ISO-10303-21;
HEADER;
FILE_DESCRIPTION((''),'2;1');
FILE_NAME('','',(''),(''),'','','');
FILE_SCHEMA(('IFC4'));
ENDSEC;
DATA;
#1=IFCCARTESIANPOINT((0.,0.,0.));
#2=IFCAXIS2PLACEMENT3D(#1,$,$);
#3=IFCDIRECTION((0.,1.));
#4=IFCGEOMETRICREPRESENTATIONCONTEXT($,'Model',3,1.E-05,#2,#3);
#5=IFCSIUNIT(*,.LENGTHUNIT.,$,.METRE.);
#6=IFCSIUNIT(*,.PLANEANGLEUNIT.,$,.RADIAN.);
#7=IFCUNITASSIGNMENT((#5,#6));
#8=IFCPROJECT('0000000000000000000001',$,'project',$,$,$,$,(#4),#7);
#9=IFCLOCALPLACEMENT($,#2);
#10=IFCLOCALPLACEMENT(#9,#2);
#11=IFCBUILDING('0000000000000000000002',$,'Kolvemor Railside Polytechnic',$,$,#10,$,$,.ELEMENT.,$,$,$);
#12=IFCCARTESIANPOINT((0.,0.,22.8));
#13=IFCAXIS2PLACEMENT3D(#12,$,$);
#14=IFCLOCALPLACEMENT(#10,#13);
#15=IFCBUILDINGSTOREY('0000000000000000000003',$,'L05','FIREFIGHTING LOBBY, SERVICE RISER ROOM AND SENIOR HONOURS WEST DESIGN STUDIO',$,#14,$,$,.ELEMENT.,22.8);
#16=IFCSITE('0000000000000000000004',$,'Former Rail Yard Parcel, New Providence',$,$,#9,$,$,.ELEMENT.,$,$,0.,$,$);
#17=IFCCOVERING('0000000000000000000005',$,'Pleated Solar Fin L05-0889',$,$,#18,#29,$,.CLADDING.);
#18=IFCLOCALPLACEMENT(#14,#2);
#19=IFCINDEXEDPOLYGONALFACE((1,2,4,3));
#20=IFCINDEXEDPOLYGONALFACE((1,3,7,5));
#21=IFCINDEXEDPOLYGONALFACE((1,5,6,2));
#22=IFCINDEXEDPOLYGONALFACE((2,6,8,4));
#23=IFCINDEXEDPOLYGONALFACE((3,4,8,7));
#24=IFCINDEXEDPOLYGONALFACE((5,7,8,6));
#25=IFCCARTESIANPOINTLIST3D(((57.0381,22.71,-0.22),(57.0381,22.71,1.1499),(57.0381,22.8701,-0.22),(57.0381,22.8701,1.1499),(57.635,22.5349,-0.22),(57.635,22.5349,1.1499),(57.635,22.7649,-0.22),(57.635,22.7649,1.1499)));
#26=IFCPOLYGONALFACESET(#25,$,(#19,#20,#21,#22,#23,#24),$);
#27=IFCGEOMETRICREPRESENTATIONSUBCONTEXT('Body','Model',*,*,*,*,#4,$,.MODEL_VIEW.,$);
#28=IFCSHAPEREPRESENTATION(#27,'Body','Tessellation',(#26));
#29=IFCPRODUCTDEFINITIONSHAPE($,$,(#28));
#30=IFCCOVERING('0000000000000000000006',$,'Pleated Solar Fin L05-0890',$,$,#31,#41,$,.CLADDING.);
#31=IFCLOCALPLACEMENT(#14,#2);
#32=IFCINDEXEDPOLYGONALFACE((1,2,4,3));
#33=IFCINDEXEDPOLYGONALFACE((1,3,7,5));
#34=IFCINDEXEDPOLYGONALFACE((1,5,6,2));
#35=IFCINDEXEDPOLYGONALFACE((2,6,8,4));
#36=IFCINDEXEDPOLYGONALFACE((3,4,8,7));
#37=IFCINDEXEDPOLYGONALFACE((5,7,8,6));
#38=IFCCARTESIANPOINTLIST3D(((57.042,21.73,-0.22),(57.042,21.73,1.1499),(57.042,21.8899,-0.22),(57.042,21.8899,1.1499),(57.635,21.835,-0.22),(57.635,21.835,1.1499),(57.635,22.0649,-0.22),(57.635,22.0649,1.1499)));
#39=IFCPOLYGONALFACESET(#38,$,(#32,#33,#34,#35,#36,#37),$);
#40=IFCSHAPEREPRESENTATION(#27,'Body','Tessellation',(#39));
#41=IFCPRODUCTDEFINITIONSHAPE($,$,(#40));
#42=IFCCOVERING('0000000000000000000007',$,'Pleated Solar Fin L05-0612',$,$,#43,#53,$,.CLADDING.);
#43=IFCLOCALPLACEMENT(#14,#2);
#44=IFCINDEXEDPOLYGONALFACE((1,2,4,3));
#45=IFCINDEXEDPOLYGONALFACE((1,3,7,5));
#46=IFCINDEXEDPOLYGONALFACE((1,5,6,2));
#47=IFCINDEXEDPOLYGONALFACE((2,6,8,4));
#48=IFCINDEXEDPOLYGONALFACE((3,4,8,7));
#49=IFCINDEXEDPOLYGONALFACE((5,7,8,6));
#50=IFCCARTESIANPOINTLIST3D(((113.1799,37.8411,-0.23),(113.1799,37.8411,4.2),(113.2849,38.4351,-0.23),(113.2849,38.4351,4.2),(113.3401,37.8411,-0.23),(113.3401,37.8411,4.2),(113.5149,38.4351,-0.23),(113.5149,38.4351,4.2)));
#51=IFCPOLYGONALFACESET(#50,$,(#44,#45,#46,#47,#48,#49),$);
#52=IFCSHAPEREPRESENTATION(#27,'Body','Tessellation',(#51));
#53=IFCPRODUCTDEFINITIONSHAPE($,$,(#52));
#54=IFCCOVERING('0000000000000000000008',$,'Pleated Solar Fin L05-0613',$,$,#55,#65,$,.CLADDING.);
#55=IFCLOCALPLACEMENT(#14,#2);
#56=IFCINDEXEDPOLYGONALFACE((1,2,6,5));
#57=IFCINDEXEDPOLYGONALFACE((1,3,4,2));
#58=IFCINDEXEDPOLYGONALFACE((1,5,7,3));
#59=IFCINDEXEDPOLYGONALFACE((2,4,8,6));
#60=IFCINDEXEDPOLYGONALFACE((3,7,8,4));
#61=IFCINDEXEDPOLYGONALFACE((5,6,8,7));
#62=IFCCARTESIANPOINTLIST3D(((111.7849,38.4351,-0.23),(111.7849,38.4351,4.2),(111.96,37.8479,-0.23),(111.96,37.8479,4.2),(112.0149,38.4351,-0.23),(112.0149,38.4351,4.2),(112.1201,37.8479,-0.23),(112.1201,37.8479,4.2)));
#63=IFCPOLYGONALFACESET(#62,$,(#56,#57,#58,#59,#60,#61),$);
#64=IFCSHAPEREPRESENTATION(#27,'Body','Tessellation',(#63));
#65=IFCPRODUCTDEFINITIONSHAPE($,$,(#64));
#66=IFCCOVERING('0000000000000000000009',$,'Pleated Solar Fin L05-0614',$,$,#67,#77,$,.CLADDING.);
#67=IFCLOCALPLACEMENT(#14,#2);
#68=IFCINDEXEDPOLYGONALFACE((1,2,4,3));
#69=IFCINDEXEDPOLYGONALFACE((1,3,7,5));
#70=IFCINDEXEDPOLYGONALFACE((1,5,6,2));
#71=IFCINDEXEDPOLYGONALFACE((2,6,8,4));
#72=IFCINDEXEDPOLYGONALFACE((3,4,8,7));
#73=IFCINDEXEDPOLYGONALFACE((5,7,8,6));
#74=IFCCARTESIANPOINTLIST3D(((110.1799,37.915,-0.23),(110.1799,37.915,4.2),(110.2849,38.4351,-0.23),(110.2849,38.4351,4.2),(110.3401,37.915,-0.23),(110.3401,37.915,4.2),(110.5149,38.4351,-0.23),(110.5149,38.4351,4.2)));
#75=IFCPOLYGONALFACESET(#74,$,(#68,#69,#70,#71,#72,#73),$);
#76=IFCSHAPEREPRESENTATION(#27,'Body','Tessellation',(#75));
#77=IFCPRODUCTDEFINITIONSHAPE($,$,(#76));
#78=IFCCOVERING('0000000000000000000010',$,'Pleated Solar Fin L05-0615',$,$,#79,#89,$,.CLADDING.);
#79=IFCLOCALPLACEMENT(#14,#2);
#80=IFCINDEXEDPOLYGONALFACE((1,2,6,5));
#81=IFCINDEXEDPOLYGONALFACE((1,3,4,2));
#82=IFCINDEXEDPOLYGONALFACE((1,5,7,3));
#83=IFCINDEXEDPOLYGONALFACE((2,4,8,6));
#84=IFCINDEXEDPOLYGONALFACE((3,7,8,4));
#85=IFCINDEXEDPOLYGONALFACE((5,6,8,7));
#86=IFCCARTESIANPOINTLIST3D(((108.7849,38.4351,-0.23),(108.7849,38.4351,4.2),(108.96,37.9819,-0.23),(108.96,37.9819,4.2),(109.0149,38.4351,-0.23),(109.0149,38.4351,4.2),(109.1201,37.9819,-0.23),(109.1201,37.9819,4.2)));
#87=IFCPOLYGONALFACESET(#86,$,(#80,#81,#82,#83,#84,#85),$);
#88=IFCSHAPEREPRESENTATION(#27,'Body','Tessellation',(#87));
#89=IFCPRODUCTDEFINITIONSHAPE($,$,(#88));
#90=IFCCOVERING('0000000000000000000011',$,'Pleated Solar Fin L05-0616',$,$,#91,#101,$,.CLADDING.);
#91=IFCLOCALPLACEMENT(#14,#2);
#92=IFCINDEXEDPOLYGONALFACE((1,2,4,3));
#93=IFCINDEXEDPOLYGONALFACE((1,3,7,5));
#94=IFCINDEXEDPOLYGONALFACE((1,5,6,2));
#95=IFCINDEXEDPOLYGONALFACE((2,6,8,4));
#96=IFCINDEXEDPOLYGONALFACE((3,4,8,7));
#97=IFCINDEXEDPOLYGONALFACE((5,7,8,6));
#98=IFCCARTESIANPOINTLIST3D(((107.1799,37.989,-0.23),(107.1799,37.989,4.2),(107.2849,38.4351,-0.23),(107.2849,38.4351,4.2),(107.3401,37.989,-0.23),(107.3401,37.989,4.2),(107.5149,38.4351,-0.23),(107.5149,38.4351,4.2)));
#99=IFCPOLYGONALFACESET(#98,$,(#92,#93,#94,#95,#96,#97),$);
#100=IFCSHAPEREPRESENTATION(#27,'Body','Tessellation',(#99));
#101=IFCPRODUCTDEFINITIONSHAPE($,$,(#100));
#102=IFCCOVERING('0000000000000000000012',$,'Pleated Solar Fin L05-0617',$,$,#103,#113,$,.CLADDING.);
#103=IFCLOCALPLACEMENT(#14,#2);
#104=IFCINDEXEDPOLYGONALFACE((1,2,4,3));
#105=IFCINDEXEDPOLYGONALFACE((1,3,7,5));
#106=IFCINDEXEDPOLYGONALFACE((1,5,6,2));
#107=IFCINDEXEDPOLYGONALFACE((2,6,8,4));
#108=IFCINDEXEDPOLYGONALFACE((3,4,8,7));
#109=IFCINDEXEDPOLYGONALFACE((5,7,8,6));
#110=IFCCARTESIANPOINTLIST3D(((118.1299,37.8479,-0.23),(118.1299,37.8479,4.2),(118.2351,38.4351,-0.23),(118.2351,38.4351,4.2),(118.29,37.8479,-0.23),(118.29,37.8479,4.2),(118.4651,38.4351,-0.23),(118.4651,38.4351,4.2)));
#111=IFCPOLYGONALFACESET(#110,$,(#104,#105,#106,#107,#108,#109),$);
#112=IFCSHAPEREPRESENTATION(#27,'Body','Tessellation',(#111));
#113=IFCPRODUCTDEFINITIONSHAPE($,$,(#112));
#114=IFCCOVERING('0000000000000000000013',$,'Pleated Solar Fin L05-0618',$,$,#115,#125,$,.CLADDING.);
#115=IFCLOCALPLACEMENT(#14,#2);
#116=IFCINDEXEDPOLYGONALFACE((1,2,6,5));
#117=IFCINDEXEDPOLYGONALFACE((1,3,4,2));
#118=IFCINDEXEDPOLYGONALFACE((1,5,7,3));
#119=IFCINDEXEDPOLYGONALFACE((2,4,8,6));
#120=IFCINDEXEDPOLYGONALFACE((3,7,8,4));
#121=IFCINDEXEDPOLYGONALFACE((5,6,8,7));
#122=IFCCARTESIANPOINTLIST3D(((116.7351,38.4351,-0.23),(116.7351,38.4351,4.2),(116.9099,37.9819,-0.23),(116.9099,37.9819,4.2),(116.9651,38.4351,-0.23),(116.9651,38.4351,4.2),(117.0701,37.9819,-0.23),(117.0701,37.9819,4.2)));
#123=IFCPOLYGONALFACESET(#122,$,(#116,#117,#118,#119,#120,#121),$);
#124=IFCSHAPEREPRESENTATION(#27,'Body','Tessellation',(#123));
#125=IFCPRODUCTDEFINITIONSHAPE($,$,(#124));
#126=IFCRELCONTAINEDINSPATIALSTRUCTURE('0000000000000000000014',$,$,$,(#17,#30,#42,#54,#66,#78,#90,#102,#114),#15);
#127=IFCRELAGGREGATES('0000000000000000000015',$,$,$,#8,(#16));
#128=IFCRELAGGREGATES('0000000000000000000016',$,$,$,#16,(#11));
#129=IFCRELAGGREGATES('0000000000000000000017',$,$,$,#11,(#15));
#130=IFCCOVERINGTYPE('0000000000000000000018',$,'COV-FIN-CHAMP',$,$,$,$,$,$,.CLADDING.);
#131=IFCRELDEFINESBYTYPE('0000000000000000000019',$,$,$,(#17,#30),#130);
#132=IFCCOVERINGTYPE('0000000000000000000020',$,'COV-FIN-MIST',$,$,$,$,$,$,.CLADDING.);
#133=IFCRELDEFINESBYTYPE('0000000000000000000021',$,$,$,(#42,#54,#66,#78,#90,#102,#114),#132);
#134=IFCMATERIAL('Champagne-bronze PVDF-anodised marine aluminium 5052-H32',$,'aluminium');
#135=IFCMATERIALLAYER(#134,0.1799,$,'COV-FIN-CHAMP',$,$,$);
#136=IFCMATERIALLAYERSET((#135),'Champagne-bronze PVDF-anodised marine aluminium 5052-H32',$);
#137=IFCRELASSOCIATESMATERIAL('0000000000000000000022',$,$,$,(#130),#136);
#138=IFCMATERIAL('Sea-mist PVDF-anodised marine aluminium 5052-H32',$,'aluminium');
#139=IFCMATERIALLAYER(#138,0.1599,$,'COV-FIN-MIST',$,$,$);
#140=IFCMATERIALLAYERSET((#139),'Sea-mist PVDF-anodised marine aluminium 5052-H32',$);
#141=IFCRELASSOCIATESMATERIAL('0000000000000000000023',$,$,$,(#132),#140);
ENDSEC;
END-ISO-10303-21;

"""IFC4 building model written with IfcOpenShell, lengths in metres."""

from ifc_helpers import new_model, si_unit, direction, frame, origin, place, context, subcontext, project, spatial, polyline, outline, extrude, material, layer, layer_set, type_object, element, save


model = new_model("IFC4")

# Units and contexts
model_context = context("Model", 3, precision=1e-05, world=origin(), true_north=direction((0.0, 1.0)))
body_context = subcontext(model_context, "Body", "Model", "MODEL_VIEW")
ifc_project = project(units=[si_unit("LENGTHUNIT", "METRE"), si_unit("PLANEANGLEUNIT", "RADIAN")], contexts=[model_context])

# Site, building, storey
site_placement = place(None, origin())
site = spatial("IfcSite", under=ifc_project, at=site_placement, Name="Former Rail Yard Parcel, New Providence", CompositionType="ELEMENT", RefElevation=0.0)
building_placement = place(site_placement, origin())
building = spatial("IfcBuilding", under=site, at=building_placement, Name="Kolvemor Railside Polytechnic", CompositionType="ELEMENT")
storey_placement = place(building_placement, frame((0.0, 0.0, 22.8)))
storey = spatial("IfcBuildingStorey", under=building, at=storey_placement, Name="L05", Description="FIREFIGHTING LOBBY, SERVICE RISER ROOM AND SENIOR HONOURS WEST DESIGN STUDIO", CompositionType="ELEMENT", Elevation=22.8)

# Coverings
ifc_material_1 = material(Name="Champagne-bronze PVDF-anodised marine aluminium 5052-H32", Category="aluminium")
ifc_layer_1 = layer(ifc_material_1, 0.1799, Name="COV-FIN-CHAMP")
ifc_layer_set_1 = layer_set([ifc_layer_1], Name="Champagne-bronze PVDF-anodised marine aluminium 5052-H32")
covering_type_1 = type_object("IfcCoveringType", Name="COV-FIN-CHAMP", PredefinedType="CLADDING", material=ifc_layer_set_1)
covering_1_placement = place(storey_placement, frame((0.0, 0.0, -0.22)))
element("IfcCovering", 1, at=covering_1_placement, inside=storey, type_object=covering_type_1, Name="Pleated Solar Fin L05-0889", PredefinedType="CLADDING", context=body_context, shape_type="SweptSolid", body=[
    extrude(outline(polyline([(57.635, 22.7649), (57.635, 22.5349), (57.0381, 22.71), (57.0381, 22.8701), (57.635, 22.7649)])), origin(), (0.0, 0.0, 1.0), 1.3699),
])
covering_2_placement = place(storey_placement, frame((0.0, 0.0, -0.22)))
element("IfcCovering", 2, at=covering_2_placement, inside=storey, type_object=covering_type_1, Name="Pleated Solar Fin L05-0890", PredefinedType="CLADDING", context=body_context, shape_type="SweptSolid", body=[
    extrude(outline(polyline([(57.635, 22.0649), (57.635, 21.835), (57.042, 21.73), (57.042, 21.8899), (57.635, 22.0649)])), origin(), (0.0, 0.0, 1.0), 1.3699),
])
ifc_material_2 = material(Name="Sea-mist PVDF-anodised marine aluminium 5052-H32", Category="aluminium")
ifc_layer_2 = layer(ifc_material_2, 0.1599, Name="COV-FIN-MIST")
ifc_layer_set_2 = layer_set([ifc_layer_2], Name="Sea-mist PVDF-anodised marine aluminium 5052-H32")
covering_type_2 = type_object("IfcCoveringType", Name="COV-FIN-MIST", PredefinedType="CLADDING", material=ifc_layer_set_2)
covering_3_placement = place(storey_placement, frame((0.0, 0.0, -0.23)))
element("IfcCovering", 3, at=covering_3_placement, inside=storey, type_object=covering_type_2, Name="Pleated Solar Fin L05-0612", PredefinedType="CLADDING", context=body_context, shape_type="SweptSolid", body=[
    extrude(outline(polyline([(113.5149, 38.4351), (113.2849, 38.4351), (113.1799, 37.8411), (113.3401, 37.8411), (113.5149, 38.4351)])), origin(), (0.0, 0.0, 1.0), 4.4299),
])
covering_4_placement = place(storey_placement, frame((0.0, 0.0, -0.23)))
element("IfcCovering", 4, at=covering_4_placement, inside=storey, type_object=covering_type_2, Name="Pleated Solar Fin L05-0613", PredefinedType="CLADDING", context=body_context, shape_type="SweptSolid", body=[
    extrude(outline(polyline([(112.0149, 38.4351), (111.7849, 38.4351), (111.96, 37.8479), (112.1201, 37.8479), (112.0149, 38.4351)])), origin(), (0.0, 0.0, 1.0), 4.4299),
])
covering_5_placement = place(storey_placement, frame((0.0, 0.0, -0.23)))
element("IfcCovering", 5, at=covering_5_placement, inside=storey, type_object=covering_type_2, Name="Pleated Solar Fin L05-0614", PredefinedType="CLADDING", context=body_context, shape_type="SweptSolid", body=[
    extrude(outline(polyline([(110.5149, 38.4351), (110.2849, 38.4351), (110.1799, 37.915), (110.3401, 37.915), (110.5149, 38.4351)])), origin(), (0.0, 0.0, 1.0), 4.4299),
])
covering_6_placement = place(storey_placement, frame((0.0, 0.0, -0.23)))
element("IfcCovering", 6, at=covering_6_placement, inside=storey, type_object=covering_type_2, Name="Pleated Solar Fin L05-0615", PredefinedType="CLADDING", context=body_context, shape_type="SweptSolid", body=[
    extrude(outline(polyline([(109.0149, 38.4351), (108.7849, 38.4351), (108.96, 37.9819), (109.1201, 37.9819), (109.0149, 38.4351)])), origin(), (0.0, 0.0, 1.0), 4.4299),
])
covering_7_placement = place(storey_placement, frame((0.0, 0.0, -0.23)))
element("IfcCovering", 7, at=covering_7_placement, inside=storey, type_object=covering_type_2, Name="Pleated Solar Fin L05-0616", PredefinedType="CLADDING", context=body_context, shape_type="SweptSolid", body=[
    extrude(outline(polyline([(107.5149, 38.4351), (107.2849, 38.4351), (107.1799, 37.989), (107.3401, 37.989), (107.5149, 38.4351)])), origin(), (0.0, 0.0, 1.0), 4.4299),
])
covering_8_placement = place(storey_placement, frame((0.0, 0.0, -0.23)))
element("IfcCovering", 8, at=covering_8_placement, inside=storey, type_object=covering_type_2, Name="Pleated Solar Fin L05-0617", PredefinedType="CLADDING", context=body_context, shape_type="SweptSolid", body=[
    extrude(outline(polyline([(118.4651, 38.4351), (118.2351, 38.4351), (118.1299, 37.8479), (118.29, 37.8479), (118.4651, 38.4351)])), origin(), (0.0, 0.0, 1.0), 4.4299),
])
covering_9_placement = place(storey_placement, frame((0.0, 0.0, -0.23)))
element("IfcCovering", 9, at=covering_9_placement, inside=storey, type_object=covering_type_2, Name="Pleated Solar Fin L05-0618", PredefinedType="CLADDING", context=body_context, shape_type="SweptSolid", body=[
    extrude(outline(polyline([(116.9651, 38.4351), (116.7351, 38.4351), (116.9099, 37.9819), (117.0701, 37.9819), (116.9651, 38.4351)])), origin(), (0.0, 0.0, 1.0), 4.4299),
])

save(model, "model.ifc")
